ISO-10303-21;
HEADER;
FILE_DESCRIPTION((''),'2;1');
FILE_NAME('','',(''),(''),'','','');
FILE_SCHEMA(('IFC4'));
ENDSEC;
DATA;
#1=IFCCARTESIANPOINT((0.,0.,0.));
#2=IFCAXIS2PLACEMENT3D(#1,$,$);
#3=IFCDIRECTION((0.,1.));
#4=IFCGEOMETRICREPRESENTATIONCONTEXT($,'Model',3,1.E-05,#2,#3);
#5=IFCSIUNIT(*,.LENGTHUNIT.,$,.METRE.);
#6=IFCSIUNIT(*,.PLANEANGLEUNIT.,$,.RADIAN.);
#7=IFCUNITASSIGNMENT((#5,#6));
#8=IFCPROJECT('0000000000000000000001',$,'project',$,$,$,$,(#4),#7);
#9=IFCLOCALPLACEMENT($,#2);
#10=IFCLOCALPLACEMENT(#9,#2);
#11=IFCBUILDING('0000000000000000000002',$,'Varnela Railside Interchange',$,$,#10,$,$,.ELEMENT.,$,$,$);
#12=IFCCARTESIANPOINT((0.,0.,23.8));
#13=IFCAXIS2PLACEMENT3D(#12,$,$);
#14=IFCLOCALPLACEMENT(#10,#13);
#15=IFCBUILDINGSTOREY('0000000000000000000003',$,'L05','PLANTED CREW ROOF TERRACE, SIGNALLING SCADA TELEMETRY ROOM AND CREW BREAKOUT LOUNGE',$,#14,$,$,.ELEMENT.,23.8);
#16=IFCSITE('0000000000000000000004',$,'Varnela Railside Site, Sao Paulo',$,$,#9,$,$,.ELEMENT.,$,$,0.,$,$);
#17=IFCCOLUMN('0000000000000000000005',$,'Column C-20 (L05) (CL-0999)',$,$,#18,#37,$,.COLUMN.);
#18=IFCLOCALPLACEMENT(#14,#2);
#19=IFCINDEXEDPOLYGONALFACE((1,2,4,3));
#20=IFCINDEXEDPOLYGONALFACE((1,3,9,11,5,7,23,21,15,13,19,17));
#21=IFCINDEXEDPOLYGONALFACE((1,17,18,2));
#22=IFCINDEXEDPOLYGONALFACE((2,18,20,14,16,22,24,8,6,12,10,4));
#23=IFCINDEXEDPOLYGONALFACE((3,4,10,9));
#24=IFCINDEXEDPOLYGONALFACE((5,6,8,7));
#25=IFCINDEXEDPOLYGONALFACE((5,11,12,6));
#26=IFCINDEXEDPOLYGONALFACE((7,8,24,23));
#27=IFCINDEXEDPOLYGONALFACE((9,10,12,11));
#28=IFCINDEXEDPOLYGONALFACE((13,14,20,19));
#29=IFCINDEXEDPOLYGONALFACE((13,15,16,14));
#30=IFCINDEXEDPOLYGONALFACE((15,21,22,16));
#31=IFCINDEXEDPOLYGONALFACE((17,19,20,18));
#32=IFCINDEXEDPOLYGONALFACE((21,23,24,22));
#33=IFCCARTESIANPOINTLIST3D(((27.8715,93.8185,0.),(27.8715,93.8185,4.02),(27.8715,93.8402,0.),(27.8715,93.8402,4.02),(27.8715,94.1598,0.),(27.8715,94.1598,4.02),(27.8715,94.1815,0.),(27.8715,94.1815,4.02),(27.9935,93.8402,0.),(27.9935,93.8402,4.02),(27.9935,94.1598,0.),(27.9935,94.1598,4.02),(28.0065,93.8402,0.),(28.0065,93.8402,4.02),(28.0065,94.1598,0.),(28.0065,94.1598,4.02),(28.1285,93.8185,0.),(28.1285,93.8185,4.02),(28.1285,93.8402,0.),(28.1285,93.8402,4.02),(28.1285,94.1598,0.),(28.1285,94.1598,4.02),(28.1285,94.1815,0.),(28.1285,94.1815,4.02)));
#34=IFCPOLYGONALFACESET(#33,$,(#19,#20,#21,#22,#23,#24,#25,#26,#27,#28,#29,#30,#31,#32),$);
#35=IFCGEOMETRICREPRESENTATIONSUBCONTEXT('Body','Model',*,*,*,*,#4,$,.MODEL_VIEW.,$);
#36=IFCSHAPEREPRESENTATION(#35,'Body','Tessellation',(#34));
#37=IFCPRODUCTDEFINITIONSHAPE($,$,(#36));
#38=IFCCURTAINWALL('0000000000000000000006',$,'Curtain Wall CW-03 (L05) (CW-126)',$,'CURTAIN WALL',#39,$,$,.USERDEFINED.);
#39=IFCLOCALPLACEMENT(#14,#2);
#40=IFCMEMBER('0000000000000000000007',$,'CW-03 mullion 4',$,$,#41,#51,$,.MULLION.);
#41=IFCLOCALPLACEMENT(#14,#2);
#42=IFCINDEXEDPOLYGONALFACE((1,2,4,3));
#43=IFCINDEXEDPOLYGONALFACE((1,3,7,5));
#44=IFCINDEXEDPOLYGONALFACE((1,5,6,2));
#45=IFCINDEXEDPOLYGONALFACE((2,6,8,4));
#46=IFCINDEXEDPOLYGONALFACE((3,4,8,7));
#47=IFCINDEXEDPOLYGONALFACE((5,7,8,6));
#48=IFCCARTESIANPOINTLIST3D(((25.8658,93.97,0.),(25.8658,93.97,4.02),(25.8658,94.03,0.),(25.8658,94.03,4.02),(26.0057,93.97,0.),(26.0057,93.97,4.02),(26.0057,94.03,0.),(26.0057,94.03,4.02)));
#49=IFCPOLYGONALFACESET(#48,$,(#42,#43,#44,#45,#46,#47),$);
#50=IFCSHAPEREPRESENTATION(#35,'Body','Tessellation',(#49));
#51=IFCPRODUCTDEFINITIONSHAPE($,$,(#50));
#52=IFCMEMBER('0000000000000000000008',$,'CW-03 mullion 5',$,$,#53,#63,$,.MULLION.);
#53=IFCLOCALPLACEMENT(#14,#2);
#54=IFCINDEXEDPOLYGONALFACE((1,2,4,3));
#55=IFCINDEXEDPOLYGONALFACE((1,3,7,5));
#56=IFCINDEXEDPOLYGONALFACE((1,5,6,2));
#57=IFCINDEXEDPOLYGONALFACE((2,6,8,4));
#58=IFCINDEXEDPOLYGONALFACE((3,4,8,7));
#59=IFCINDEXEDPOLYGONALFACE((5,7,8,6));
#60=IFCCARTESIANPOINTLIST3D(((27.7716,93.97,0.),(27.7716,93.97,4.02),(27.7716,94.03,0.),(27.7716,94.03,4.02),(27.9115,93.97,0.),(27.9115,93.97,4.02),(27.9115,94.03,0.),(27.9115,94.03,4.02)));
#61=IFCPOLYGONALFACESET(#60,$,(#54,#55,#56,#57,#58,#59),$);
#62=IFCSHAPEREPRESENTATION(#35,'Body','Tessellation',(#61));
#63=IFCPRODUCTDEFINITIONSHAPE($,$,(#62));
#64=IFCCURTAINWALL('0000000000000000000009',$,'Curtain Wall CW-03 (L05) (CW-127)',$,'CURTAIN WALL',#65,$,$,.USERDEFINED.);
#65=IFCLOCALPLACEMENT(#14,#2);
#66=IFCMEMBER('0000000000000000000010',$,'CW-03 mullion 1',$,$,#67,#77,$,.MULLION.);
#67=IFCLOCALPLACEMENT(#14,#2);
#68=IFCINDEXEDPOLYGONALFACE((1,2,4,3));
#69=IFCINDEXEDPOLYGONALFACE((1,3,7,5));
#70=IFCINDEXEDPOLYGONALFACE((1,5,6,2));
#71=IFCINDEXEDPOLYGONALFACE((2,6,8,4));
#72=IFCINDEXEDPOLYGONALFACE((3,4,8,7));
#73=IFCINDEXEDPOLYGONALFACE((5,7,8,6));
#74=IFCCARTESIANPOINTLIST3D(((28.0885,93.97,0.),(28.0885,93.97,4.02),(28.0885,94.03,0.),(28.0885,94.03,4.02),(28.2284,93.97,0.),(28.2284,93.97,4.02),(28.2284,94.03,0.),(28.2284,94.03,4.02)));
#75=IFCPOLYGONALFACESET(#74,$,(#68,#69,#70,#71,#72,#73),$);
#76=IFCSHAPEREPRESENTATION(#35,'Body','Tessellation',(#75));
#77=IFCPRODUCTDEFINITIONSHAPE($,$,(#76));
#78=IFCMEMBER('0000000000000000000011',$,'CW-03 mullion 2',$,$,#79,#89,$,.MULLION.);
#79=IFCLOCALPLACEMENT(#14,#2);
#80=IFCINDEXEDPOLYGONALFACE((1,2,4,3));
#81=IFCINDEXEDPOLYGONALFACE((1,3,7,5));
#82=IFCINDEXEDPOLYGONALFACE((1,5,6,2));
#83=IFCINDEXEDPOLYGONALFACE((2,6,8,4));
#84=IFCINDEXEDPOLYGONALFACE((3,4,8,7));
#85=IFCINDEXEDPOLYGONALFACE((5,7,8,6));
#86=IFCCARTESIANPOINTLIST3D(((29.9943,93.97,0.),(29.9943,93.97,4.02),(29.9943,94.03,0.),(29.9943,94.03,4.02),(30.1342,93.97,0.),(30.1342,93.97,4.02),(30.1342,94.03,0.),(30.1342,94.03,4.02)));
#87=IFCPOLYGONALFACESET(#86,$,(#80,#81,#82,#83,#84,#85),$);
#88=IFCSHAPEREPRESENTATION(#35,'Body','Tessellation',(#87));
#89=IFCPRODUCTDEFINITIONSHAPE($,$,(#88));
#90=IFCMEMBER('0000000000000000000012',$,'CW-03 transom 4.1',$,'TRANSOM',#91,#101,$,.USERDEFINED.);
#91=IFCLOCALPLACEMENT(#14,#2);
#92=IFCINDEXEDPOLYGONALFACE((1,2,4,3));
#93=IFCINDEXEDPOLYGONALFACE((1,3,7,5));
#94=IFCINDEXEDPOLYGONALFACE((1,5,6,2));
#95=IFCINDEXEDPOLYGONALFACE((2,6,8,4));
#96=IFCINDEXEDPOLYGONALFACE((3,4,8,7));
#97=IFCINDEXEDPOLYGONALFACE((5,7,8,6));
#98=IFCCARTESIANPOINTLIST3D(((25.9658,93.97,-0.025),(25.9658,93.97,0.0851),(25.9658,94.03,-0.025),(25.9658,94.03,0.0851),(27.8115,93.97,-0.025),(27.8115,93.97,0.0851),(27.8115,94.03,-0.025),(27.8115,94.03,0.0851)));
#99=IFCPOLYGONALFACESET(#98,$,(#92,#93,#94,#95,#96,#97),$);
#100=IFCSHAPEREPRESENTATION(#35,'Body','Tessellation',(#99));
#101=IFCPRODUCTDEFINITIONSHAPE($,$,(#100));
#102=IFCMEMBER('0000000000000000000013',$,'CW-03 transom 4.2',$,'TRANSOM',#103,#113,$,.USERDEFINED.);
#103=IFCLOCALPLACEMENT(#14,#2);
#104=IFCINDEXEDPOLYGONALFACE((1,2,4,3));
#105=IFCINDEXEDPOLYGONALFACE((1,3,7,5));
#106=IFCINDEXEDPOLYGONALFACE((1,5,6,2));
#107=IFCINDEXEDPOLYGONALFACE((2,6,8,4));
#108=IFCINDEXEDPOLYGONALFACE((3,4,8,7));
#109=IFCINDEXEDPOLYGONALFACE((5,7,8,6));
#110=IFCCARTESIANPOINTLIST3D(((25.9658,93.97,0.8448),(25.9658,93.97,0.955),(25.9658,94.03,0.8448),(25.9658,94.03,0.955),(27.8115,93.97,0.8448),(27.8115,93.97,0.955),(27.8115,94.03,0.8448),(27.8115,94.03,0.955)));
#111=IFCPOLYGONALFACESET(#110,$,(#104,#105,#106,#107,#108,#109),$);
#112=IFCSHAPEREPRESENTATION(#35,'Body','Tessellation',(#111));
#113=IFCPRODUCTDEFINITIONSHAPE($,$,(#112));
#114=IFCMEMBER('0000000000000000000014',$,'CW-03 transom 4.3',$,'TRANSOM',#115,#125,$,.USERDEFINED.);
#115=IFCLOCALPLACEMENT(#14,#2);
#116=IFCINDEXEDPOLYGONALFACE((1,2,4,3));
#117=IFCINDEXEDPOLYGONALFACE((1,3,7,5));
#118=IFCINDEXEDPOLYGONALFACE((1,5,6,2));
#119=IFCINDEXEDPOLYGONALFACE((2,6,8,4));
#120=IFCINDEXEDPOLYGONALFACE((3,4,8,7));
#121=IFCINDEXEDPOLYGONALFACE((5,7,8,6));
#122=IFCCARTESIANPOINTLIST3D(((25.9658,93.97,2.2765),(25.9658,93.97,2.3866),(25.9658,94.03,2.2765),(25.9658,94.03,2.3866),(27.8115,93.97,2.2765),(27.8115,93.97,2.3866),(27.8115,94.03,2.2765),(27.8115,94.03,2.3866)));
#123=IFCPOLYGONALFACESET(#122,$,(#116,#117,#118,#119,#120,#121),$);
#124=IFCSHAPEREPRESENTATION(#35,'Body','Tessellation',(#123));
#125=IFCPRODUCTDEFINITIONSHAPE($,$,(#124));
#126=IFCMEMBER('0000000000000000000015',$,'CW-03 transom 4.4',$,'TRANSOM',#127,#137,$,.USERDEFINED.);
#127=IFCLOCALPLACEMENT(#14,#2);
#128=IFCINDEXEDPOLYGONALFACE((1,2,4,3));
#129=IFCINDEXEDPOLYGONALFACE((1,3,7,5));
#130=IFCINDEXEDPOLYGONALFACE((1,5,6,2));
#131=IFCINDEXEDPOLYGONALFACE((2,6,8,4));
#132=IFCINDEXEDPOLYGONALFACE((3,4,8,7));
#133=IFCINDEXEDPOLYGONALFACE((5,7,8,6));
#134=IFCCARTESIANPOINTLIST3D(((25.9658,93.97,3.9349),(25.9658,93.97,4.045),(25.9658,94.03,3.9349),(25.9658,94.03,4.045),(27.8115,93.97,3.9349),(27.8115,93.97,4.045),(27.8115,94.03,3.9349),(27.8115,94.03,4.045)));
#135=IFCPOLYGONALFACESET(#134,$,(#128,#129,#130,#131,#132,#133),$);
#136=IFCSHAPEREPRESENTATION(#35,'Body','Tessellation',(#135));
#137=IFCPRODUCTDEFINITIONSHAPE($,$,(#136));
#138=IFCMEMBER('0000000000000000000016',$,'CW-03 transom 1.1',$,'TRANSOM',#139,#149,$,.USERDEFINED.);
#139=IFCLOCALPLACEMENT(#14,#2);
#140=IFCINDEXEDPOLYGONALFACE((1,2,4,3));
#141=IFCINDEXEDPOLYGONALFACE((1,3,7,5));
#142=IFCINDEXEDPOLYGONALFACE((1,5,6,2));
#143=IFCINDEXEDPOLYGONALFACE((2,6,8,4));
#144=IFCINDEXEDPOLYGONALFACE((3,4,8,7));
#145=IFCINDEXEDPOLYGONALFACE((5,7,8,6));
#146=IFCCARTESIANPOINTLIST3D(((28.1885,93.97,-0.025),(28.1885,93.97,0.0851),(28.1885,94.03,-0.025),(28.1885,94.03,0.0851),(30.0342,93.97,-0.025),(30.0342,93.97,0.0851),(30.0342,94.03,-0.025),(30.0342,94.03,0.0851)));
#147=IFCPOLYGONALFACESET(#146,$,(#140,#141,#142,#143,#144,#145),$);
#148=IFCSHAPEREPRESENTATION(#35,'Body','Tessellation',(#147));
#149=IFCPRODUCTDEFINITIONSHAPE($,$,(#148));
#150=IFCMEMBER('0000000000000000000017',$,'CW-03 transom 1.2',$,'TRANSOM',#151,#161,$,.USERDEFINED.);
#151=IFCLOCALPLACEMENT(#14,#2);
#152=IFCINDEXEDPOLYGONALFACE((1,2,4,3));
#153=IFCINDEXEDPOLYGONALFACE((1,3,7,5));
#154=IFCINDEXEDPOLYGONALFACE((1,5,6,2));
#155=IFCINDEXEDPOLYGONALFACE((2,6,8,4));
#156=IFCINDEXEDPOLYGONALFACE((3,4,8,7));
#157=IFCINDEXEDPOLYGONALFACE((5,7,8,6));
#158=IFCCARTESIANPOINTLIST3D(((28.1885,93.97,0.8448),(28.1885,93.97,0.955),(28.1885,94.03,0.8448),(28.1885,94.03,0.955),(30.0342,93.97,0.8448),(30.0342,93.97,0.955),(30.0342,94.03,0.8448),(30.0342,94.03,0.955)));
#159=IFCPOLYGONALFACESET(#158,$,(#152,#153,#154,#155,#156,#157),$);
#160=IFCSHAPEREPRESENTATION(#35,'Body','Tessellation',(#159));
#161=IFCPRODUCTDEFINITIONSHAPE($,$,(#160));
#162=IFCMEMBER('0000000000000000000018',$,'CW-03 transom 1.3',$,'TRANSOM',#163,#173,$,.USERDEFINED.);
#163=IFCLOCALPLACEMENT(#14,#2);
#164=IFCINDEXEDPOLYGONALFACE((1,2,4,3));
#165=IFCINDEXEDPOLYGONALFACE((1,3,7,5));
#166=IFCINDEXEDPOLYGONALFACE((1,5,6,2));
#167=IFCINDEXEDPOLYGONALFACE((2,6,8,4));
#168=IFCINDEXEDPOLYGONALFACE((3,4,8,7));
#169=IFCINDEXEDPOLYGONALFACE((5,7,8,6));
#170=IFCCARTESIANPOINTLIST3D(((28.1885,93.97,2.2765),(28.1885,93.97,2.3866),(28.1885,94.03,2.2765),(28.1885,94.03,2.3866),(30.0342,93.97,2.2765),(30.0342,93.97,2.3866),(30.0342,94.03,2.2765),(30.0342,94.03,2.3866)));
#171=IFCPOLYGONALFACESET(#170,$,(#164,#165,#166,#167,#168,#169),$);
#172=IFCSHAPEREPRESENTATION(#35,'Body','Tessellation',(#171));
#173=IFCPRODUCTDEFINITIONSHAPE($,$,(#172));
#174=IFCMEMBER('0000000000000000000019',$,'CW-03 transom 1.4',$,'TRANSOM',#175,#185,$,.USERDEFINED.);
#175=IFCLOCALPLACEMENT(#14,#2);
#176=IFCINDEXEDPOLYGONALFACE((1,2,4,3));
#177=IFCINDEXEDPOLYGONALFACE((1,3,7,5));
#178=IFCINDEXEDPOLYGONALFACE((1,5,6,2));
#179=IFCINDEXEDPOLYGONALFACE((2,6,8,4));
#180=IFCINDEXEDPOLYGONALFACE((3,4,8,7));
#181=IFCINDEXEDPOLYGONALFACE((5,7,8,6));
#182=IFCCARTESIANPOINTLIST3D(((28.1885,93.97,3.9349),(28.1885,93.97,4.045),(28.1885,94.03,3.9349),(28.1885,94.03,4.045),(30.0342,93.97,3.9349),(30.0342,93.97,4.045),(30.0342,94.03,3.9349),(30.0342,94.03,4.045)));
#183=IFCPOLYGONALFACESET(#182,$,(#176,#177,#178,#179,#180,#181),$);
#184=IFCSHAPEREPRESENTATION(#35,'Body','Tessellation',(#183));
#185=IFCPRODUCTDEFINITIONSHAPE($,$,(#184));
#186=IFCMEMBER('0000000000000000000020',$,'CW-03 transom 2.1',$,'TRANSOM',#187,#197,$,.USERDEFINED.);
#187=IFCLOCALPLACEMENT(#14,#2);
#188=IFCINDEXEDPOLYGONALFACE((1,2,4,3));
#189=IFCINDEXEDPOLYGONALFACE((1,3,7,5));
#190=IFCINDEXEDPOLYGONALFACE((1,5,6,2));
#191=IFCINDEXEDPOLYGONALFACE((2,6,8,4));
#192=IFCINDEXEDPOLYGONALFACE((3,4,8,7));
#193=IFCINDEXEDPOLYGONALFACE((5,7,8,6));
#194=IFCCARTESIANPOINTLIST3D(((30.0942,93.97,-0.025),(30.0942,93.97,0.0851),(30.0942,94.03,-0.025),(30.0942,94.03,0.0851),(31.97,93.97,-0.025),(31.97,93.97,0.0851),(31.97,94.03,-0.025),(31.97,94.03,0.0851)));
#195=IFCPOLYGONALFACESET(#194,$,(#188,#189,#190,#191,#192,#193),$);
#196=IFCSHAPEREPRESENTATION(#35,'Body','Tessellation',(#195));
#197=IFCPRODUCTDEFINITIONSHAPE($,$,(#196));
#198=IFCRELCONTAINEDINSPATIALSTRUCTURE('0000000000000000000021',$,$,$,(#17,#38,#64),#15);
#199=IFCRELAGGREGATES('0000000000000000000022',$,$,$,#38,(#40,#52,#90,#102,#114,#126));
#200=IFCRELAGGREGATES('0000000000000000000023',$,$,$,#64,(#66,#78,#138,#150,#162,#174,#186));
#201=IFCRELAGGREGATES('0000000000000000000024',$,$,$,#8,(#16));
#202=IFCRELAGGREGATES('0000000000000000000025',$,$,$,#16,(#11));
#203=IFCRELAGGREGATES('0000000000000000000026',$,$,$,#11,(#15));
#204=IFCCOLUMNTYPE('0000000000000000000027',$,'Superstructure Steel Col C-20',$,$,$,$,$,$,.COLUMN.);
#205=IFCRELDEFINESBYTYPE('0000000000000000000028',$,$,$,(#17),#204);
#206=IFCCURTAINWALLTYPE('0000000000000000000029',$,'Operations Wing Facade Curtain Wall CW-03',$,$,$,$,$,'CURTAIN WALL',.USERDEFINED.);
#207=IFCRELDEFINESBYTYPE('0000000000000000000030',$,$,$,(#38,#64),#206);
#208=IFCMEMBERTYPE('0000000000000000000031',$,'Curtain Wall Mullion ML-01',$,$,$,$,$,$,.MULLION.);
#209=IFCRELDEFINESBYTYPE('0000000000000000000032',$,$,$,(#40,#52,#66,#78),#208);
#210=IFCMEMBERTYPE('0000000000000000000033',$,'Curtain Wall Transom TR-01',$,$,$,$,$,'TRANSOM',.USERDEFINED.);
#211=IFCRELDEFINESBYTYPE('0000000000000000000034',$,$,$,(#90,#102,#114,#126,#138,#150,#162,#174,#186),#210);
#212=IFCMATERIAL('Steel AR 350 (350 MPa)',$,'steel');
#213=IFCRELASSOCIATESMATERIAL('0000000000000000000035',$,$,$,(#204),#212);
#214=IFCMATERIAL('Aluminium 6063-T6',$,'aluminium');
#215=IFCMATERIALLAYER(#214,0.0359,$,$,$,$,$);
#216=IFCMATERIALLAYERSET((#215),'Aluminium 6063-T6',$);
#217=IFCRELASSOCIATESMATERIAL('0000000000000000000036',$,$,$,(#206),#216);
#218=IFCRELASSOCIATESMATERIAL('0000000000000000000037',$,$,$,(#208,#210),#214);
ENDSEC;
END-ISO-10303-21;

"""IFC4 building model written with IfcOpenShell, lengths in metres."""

from ifc_helpers import new_model, si_unit, direction, frame, origin, origin_2d, place, context, subcontext, project, spatial, rectangle, i_section, extrude, material, layer, layer_set, material_profile, profile_set, type_object, element, aggregate, save


model = new_model("IFC4")

# Units and contexts
model_context = context("Model", 3, precision=1e-05, world=origin(), true_north=direction((0.0, 1.0)))
body_context = subcontext(model_context, "Body", "Model", "MODEL_VIEW")
ifc_project = project(units=[si_unit("LENGTHUNIT", "METRE"), si_unit("PLANEANGLEUNIT", "RADIAN")], contexts=[model_context])

# Site, building, storey
site_placement = place(None, origin())
site = spatial("IfcSite", under=ifc_project, at=site_placement, Name="Varnela Railside Site, Sao Paulo", CompositionType="ELEMENT", RefElevation=0.0)
building_placement = place(site_placement, origin())
building = spatial("IfcBuilding", under=site, at=building_placement, Name="Varnela Railside Interchange", CompositionType="ELEMENT")
storey_placement = place(building_placement, frame((0.0, 0.0, 23.8)))
storey = spatial("IfcBuildingStorey", under=building, at=storey_placement, Name="L05", Description="PLANTED CREW ROOF TERRACE, SIGNALLING SCADA TELEMETRY ROOM AND CREW BREAKOUT LOUNGE", CompositionType="ELEMENT", Elevation=23.8)

# Column
ifc_material_1 = material(Name="Steel AR 350 (350 MPa)", Category="steel")
ifc_material_profile_1 = material_profile(ifc_material_1, i_section(OverallWidth=0.2571, OverallDepth=0.363, WebThickness=0.0129, FlangeThickness=0.0217, at=origin_2d()), Name="W360x122")
ifc_profile_set_1 = profile_set([ifc_material_profile_1], Name="Steel AR 350 (350 MPa)")
column_type = type_object("IfcColumnType", Name="Superstructure Steel Col C-20", PredefinedType="COLUMN", material=ifc_profile_set_1)
column_placement = place(storey_placement, frame((28.0, 94.0, 0.0), z_axis=(0.0, 0.0, 1.0), x_axis=(1.0, 0.0, 0.0)))
element("IfcColumn", 1, at=column_placement, inside=storey, type_object=column_type, Name="Column C-20 (L05) (CL-0999)", PredefinedType="COLUMN", context=body_context, shape_type="SweptSolid", body=[
    extrude(i_section(OverallWidth=0.2571, OverallDepth=0.363, WebThickness=0.0129, FlangeThickness=0.0217, at=origin_2d()), origin(), (0.0, 0.0, 1.0), 4.02),
])

# Curtain walls, members
ifc_material_2 = material(Name="Aluminium 6063-T6", Category="aluminium")
ifc_layer_1 = layer(ifc_material_2, 0.0359)
ifc_layer_set_1 = layer_set([ifc_layer_1], Name="Aluminium 6063-T6")
curtain_wall_type = type_object("IfcCurtainWallType", Name="Operations Wing Facade Curtain Wall CW-03", ElementType="CURTAIN WALL", PredefinedType="USERDEFINED", material=ifc_layer_set_1)
curtain_wall_1_placement = place(storey_placement, origin())
curtain_wall_1 = element("IfcCurtainWall", 2, at=curtain_wall_1_placement, inside=storey, type_object=curtain_wall_type, Name="Curtain Wall CW-03 (L05) (CW-126)", ObjectType="CURTAIN WALL", PredefinedType="USERDEFINED")
ifc_material_profile_2 = material_profile(ifc_material_2, rectangle(XDim=0.0601, YDim=0.1399, at=origin_2d()), Name="ALU 60x140")
ifc_profile_set_2 = profile_set([ifc_material_profile_2], Name="Aluminium 6063-T6")
member_type_1 = type_object("IfcMemberType", Name="Curtain Wall Mullion ML-01", PredefinedType="MULLION", material=ifc_profile_set_2)
member_1_placement = place(storey_placement, frame((25.9358, 94.0, 0.0), z_axis=(0.0, 0.0, 1.0), x_axis=(0.0, 1.0, 0.0)))
member_1 = element("IfcMember", 3, at=member_1_placement, type_object=member_type_1, Name="CW-03 mullion 4", PredefinedType="MULLION", context=body_context, shape_type="SweptSolid", body=[
    extrude(rectangle(XDim=0.0601, YDim=0.1399, at=origin_2d()), origin(), (0.0, 0.0, 1.0), 4.02),
])
member_2_placement = place(storey_placement, frame((27.8416, 94.0, 0.0), z_axis=(0.0, 0.0, 1.0), x_axis=(0.0, 1.0, 0.0)))
member_2 = element("IfcMember", 4, at=member_2_placement, type_object=member_type_1, Name="CW-03 mullion 5", PredefinedType="MULLION", context=body_context, shape_type="SweptSolid", body=[
    extrude(rectangle(XDim=0.0601, YDim=0.1399, at=origin_2d()), origin(), (0.0, 0.0, 1.0), 4.02),
])
curtain_wall_2_placement = place(storey_placement, origin())
curtain_wall_2 = element("IfcCurtainWall", 5, at=curtain_wall_2_placement, inside=storey, type_object=curtain_wall_type, Name="Curtain Wall CW-03 (L05) (CW-127)", ObjectType="CURTAIN WALL", PredefinedType="USERDEFINED")
member_3_placement = place(storey_placement, frame((28.1584, 94.0, 0.0), z_axis=(0.0, 0.0, 1.0), x_axis=(0.0, 1.0, 0.0)))
member_3 = element("IfcMember", 6, at=member_3_placement, type_object=member_type_1, Name="CW-03 mullion 1", PredefinedType="MULLION", context=body_context, shape_type="SweptSolid", body=[
    extrude(rectangle(XDim=0.0601, YDim=0.1399, at=origin_2d()), origin(), (0.0, 0.0, 1.0), 4.02),
])
member_4_placement = place(storey_placement, frame((30.0642, 94.0, 0.0), z_axis=(0.0, 0.0, 1.0), x_axis=(0.0, 1.0, 0.0)))
member_4 = element("IfcMember", 7, at=member_4_placement, type_object=member_type_1, Name="CW-03 mullion 2", PredefinedType="MULLION", context=body_context, shape_type="SweptSolid", body=[
    extrude(rectangle(XDim=0.0601, YDim=0.1399, at=origin_2d()), origin(), (0.0, 0.0, 1.0), 4.02),
])

# Members
ifc_material_profile_3 = material_profile(ifc_material_2, rectangle(XDim=0.0601, YDim=0.1101, at=origin_2d()), Name="ALU 60x110")
ifc_profile_set_3 = profile_set([ifc_material_profile_3], Name="Aluminium 6063-T6")
member_type_2 = type_object("IfcMemberType", Name="Curtain Wall Transom TR-01", ElementType="TRANSOM", PredefinedType="USERDEFINED", material=ifc_profile_set_3)
member_5_placement = place(storey_placement, frame((25.9658, 94.0, 0.03), z_axis=(1.0, 0.0, 0.0), x_axis=(0.0, 1.0, 0.0)))
member_5 = element("IfcMember", 8, at=member_5_placement, type_object=member_type_2, Name="CW-03 transom 4.1", ObjectType="TRANSOM", PredefinedType="USERDEFINED", context=body_context, shape_type="SweptSolid", body=[
    extrude(rectangle(XDim=0.0601, YDim=0.1101, at=origin_2d()), origin(), (0.0, 0.0, 1.0), 1.8457),
])
member_6_placement = place(storey_placement, frame((25.9658, 94.0, 0.8999), z_axis=(1.0, 0.0, 0.0), x_axis=(0.0, 1.0, 0.0)))
member_6 = element("IfcMember", 9, at=member_6_placement, type_object=member_type_2, Name="CW-03 transom 4.2", ObjectType="TRANSOM", PredefinedType="USERDEFINED", context=body_context, shape_type="SweptSolid", body=[
    extrude(rectangle(XDim=0.0601, YDim=0.1101, at=origin_2d()), origin(), (0.0, 0.0, 1.0), 1.8457),
])
member_7_placement = place(storey_placement, frame((25.9658, 94.0, 2.3315), z_axis=(1.0, 0.0, 0.0), x_axis=(0.0, 1.0, 0.0)))
member_7 = element("IfcMember", 10, at=member_7_placement, type_object=member_type_2, Name="CW-03 transom 4.3", ObjectType="TRANSOM", PredefinedType="USERDEFINED", context=body_context, shape_type="SweptSolid", body=[
    extrude(rectangle(XDim=0.0601, YDim=0.1101, at=origin_2d()), origin(), (0.0, 0.0, 1.0), 1.8457),
])
member_8_placement = place(storey_placement, frame((25.9658, 94.0, 3.99), z_axis=(1.0, 0.0, 0.0), x_axis=(0.0, 1.0, 0.0)))
member_8 = element("IfcMember", 11, at=member_8_placement, type_object=member_type_2, Name="CW-03 transom 4.4", ObjectType="TRANSOM", PredefinedType="USERDEFINED", context=body_context, shape_type="SweptSolid", body=[
    extrude(rectangle(XDim=0.0601, YDim=0.1101, at=origin_2d()), origin(), (0.0, 0.0, 1.0), 1.8457),
])
member_9_placement = place(storey_placement, frame((28.1885, 94.0, 0.03), z_axis=(1.0, 0.0, 0.0), x_axis=(0.0, 1.0, 0.0)))
member_9 = element("IfcMember", 12, at=member_9_placement, type_object=member_type_2, Name="CW-03 transom 1.1", ObjectType="TRANSOM", PredefinedType="USERDEFINED", context=body_context, shape_type="SweptSolid", body=[
    extrude(rectangle(XDim=0.0601, YDim=0.1101, at=origin_2d()), origin(), (0.0, 0.0, 1.0), 1.8457),
])
member_10_placement = place(storey_placement, frame((28.1885, 94.0, 0.8999), z_axis=(1.0, 0.0, 0.0), x_axis=(0.0, 1.0, 0.0)))
member_10 = element("IfcMember", 13, at=member_10_placement, type_object=member_type_2, Name="CW-03 transom 1.2", ObjectType="TRANSOM", PredefinedType="USERDEFINED", context=body_context, shape_type="SweptSolid", body=[
    extrude(rectangle(XDim=0.0601, YDim=0.1101, at=origin_2d()), origin(), (0.0, 0.0, 1.0), 1.8457),
])
member_11_placement = place(storey_placement, frame((28.1885, 94.0, 2.3315), z_axis=(1.0, 0.0, 0.0), x_axis=(0.0, 1.0, 0.0)))
member_11 = element("IfcMember", 14, at=member_11_placement, type_object=member_type_2, Name="CW-03 transom 1.3", ObjectType="TRANSOM", PredefinedType="USERDEFINED", context=body_context, shape_type="SweptSolid", body=[
    extrude(rectangle(XDim=0.0601, YDim=0.1101, at=origin_2d()), origin(), (0.0, 0.0, 1.0), 1.8457),
])
member_12_placement = place(storey_placement, frame((28.1885, 94.0, 3.99), z_axis=(1.0, 0.0, 0.0), x_axis=(0.0, 1.0, 0.0)))
member_12 = element("IfcMember", 15, at=member_12_placement, type_object=member_type_2, Name="CW-03 transom 1.4", ObjectType="TRANSOM", PredefinedType="USERDEFINED", context=body_context, shape_type="SweptSolid", body=[
    extrude(rectangle(XDim=0.0601, YDim=0.1101, at=origin_2d()), origin(), (0.0, 0.0, 1.0), 1.8457),
])
member_13_placement = place(storey_placement, frame((30.0942, 94.0, 0.03), z_axis=(1.0, 0.0, 0.0), x_axis=(0.0, 1.0, 0.0)))
member_13 = element("IfcMember", 16, at=member_13_placement, type_object=member_type_2, Name="CW-03 transom 2.1", ObjectType="TRANSOM", PredefinedType="USERDEFINED", context=body_context, shape_type="SweptSolid", body=[
    extrude(rectangle(XDim=0.0601, YDim=0.1101, at=origin_2d()), origin(), (0.0, 0.0, 1.0), 1.8757),
])

aggregate(curtain_wall_1, [member_1, member_2, member_5, member_6, member_7, member_8])
aggregate(curtain_wall_2, [member_3, member_4, member_9, member_10, member_11, member_12, member_13])

save(model, "model.ifc")
